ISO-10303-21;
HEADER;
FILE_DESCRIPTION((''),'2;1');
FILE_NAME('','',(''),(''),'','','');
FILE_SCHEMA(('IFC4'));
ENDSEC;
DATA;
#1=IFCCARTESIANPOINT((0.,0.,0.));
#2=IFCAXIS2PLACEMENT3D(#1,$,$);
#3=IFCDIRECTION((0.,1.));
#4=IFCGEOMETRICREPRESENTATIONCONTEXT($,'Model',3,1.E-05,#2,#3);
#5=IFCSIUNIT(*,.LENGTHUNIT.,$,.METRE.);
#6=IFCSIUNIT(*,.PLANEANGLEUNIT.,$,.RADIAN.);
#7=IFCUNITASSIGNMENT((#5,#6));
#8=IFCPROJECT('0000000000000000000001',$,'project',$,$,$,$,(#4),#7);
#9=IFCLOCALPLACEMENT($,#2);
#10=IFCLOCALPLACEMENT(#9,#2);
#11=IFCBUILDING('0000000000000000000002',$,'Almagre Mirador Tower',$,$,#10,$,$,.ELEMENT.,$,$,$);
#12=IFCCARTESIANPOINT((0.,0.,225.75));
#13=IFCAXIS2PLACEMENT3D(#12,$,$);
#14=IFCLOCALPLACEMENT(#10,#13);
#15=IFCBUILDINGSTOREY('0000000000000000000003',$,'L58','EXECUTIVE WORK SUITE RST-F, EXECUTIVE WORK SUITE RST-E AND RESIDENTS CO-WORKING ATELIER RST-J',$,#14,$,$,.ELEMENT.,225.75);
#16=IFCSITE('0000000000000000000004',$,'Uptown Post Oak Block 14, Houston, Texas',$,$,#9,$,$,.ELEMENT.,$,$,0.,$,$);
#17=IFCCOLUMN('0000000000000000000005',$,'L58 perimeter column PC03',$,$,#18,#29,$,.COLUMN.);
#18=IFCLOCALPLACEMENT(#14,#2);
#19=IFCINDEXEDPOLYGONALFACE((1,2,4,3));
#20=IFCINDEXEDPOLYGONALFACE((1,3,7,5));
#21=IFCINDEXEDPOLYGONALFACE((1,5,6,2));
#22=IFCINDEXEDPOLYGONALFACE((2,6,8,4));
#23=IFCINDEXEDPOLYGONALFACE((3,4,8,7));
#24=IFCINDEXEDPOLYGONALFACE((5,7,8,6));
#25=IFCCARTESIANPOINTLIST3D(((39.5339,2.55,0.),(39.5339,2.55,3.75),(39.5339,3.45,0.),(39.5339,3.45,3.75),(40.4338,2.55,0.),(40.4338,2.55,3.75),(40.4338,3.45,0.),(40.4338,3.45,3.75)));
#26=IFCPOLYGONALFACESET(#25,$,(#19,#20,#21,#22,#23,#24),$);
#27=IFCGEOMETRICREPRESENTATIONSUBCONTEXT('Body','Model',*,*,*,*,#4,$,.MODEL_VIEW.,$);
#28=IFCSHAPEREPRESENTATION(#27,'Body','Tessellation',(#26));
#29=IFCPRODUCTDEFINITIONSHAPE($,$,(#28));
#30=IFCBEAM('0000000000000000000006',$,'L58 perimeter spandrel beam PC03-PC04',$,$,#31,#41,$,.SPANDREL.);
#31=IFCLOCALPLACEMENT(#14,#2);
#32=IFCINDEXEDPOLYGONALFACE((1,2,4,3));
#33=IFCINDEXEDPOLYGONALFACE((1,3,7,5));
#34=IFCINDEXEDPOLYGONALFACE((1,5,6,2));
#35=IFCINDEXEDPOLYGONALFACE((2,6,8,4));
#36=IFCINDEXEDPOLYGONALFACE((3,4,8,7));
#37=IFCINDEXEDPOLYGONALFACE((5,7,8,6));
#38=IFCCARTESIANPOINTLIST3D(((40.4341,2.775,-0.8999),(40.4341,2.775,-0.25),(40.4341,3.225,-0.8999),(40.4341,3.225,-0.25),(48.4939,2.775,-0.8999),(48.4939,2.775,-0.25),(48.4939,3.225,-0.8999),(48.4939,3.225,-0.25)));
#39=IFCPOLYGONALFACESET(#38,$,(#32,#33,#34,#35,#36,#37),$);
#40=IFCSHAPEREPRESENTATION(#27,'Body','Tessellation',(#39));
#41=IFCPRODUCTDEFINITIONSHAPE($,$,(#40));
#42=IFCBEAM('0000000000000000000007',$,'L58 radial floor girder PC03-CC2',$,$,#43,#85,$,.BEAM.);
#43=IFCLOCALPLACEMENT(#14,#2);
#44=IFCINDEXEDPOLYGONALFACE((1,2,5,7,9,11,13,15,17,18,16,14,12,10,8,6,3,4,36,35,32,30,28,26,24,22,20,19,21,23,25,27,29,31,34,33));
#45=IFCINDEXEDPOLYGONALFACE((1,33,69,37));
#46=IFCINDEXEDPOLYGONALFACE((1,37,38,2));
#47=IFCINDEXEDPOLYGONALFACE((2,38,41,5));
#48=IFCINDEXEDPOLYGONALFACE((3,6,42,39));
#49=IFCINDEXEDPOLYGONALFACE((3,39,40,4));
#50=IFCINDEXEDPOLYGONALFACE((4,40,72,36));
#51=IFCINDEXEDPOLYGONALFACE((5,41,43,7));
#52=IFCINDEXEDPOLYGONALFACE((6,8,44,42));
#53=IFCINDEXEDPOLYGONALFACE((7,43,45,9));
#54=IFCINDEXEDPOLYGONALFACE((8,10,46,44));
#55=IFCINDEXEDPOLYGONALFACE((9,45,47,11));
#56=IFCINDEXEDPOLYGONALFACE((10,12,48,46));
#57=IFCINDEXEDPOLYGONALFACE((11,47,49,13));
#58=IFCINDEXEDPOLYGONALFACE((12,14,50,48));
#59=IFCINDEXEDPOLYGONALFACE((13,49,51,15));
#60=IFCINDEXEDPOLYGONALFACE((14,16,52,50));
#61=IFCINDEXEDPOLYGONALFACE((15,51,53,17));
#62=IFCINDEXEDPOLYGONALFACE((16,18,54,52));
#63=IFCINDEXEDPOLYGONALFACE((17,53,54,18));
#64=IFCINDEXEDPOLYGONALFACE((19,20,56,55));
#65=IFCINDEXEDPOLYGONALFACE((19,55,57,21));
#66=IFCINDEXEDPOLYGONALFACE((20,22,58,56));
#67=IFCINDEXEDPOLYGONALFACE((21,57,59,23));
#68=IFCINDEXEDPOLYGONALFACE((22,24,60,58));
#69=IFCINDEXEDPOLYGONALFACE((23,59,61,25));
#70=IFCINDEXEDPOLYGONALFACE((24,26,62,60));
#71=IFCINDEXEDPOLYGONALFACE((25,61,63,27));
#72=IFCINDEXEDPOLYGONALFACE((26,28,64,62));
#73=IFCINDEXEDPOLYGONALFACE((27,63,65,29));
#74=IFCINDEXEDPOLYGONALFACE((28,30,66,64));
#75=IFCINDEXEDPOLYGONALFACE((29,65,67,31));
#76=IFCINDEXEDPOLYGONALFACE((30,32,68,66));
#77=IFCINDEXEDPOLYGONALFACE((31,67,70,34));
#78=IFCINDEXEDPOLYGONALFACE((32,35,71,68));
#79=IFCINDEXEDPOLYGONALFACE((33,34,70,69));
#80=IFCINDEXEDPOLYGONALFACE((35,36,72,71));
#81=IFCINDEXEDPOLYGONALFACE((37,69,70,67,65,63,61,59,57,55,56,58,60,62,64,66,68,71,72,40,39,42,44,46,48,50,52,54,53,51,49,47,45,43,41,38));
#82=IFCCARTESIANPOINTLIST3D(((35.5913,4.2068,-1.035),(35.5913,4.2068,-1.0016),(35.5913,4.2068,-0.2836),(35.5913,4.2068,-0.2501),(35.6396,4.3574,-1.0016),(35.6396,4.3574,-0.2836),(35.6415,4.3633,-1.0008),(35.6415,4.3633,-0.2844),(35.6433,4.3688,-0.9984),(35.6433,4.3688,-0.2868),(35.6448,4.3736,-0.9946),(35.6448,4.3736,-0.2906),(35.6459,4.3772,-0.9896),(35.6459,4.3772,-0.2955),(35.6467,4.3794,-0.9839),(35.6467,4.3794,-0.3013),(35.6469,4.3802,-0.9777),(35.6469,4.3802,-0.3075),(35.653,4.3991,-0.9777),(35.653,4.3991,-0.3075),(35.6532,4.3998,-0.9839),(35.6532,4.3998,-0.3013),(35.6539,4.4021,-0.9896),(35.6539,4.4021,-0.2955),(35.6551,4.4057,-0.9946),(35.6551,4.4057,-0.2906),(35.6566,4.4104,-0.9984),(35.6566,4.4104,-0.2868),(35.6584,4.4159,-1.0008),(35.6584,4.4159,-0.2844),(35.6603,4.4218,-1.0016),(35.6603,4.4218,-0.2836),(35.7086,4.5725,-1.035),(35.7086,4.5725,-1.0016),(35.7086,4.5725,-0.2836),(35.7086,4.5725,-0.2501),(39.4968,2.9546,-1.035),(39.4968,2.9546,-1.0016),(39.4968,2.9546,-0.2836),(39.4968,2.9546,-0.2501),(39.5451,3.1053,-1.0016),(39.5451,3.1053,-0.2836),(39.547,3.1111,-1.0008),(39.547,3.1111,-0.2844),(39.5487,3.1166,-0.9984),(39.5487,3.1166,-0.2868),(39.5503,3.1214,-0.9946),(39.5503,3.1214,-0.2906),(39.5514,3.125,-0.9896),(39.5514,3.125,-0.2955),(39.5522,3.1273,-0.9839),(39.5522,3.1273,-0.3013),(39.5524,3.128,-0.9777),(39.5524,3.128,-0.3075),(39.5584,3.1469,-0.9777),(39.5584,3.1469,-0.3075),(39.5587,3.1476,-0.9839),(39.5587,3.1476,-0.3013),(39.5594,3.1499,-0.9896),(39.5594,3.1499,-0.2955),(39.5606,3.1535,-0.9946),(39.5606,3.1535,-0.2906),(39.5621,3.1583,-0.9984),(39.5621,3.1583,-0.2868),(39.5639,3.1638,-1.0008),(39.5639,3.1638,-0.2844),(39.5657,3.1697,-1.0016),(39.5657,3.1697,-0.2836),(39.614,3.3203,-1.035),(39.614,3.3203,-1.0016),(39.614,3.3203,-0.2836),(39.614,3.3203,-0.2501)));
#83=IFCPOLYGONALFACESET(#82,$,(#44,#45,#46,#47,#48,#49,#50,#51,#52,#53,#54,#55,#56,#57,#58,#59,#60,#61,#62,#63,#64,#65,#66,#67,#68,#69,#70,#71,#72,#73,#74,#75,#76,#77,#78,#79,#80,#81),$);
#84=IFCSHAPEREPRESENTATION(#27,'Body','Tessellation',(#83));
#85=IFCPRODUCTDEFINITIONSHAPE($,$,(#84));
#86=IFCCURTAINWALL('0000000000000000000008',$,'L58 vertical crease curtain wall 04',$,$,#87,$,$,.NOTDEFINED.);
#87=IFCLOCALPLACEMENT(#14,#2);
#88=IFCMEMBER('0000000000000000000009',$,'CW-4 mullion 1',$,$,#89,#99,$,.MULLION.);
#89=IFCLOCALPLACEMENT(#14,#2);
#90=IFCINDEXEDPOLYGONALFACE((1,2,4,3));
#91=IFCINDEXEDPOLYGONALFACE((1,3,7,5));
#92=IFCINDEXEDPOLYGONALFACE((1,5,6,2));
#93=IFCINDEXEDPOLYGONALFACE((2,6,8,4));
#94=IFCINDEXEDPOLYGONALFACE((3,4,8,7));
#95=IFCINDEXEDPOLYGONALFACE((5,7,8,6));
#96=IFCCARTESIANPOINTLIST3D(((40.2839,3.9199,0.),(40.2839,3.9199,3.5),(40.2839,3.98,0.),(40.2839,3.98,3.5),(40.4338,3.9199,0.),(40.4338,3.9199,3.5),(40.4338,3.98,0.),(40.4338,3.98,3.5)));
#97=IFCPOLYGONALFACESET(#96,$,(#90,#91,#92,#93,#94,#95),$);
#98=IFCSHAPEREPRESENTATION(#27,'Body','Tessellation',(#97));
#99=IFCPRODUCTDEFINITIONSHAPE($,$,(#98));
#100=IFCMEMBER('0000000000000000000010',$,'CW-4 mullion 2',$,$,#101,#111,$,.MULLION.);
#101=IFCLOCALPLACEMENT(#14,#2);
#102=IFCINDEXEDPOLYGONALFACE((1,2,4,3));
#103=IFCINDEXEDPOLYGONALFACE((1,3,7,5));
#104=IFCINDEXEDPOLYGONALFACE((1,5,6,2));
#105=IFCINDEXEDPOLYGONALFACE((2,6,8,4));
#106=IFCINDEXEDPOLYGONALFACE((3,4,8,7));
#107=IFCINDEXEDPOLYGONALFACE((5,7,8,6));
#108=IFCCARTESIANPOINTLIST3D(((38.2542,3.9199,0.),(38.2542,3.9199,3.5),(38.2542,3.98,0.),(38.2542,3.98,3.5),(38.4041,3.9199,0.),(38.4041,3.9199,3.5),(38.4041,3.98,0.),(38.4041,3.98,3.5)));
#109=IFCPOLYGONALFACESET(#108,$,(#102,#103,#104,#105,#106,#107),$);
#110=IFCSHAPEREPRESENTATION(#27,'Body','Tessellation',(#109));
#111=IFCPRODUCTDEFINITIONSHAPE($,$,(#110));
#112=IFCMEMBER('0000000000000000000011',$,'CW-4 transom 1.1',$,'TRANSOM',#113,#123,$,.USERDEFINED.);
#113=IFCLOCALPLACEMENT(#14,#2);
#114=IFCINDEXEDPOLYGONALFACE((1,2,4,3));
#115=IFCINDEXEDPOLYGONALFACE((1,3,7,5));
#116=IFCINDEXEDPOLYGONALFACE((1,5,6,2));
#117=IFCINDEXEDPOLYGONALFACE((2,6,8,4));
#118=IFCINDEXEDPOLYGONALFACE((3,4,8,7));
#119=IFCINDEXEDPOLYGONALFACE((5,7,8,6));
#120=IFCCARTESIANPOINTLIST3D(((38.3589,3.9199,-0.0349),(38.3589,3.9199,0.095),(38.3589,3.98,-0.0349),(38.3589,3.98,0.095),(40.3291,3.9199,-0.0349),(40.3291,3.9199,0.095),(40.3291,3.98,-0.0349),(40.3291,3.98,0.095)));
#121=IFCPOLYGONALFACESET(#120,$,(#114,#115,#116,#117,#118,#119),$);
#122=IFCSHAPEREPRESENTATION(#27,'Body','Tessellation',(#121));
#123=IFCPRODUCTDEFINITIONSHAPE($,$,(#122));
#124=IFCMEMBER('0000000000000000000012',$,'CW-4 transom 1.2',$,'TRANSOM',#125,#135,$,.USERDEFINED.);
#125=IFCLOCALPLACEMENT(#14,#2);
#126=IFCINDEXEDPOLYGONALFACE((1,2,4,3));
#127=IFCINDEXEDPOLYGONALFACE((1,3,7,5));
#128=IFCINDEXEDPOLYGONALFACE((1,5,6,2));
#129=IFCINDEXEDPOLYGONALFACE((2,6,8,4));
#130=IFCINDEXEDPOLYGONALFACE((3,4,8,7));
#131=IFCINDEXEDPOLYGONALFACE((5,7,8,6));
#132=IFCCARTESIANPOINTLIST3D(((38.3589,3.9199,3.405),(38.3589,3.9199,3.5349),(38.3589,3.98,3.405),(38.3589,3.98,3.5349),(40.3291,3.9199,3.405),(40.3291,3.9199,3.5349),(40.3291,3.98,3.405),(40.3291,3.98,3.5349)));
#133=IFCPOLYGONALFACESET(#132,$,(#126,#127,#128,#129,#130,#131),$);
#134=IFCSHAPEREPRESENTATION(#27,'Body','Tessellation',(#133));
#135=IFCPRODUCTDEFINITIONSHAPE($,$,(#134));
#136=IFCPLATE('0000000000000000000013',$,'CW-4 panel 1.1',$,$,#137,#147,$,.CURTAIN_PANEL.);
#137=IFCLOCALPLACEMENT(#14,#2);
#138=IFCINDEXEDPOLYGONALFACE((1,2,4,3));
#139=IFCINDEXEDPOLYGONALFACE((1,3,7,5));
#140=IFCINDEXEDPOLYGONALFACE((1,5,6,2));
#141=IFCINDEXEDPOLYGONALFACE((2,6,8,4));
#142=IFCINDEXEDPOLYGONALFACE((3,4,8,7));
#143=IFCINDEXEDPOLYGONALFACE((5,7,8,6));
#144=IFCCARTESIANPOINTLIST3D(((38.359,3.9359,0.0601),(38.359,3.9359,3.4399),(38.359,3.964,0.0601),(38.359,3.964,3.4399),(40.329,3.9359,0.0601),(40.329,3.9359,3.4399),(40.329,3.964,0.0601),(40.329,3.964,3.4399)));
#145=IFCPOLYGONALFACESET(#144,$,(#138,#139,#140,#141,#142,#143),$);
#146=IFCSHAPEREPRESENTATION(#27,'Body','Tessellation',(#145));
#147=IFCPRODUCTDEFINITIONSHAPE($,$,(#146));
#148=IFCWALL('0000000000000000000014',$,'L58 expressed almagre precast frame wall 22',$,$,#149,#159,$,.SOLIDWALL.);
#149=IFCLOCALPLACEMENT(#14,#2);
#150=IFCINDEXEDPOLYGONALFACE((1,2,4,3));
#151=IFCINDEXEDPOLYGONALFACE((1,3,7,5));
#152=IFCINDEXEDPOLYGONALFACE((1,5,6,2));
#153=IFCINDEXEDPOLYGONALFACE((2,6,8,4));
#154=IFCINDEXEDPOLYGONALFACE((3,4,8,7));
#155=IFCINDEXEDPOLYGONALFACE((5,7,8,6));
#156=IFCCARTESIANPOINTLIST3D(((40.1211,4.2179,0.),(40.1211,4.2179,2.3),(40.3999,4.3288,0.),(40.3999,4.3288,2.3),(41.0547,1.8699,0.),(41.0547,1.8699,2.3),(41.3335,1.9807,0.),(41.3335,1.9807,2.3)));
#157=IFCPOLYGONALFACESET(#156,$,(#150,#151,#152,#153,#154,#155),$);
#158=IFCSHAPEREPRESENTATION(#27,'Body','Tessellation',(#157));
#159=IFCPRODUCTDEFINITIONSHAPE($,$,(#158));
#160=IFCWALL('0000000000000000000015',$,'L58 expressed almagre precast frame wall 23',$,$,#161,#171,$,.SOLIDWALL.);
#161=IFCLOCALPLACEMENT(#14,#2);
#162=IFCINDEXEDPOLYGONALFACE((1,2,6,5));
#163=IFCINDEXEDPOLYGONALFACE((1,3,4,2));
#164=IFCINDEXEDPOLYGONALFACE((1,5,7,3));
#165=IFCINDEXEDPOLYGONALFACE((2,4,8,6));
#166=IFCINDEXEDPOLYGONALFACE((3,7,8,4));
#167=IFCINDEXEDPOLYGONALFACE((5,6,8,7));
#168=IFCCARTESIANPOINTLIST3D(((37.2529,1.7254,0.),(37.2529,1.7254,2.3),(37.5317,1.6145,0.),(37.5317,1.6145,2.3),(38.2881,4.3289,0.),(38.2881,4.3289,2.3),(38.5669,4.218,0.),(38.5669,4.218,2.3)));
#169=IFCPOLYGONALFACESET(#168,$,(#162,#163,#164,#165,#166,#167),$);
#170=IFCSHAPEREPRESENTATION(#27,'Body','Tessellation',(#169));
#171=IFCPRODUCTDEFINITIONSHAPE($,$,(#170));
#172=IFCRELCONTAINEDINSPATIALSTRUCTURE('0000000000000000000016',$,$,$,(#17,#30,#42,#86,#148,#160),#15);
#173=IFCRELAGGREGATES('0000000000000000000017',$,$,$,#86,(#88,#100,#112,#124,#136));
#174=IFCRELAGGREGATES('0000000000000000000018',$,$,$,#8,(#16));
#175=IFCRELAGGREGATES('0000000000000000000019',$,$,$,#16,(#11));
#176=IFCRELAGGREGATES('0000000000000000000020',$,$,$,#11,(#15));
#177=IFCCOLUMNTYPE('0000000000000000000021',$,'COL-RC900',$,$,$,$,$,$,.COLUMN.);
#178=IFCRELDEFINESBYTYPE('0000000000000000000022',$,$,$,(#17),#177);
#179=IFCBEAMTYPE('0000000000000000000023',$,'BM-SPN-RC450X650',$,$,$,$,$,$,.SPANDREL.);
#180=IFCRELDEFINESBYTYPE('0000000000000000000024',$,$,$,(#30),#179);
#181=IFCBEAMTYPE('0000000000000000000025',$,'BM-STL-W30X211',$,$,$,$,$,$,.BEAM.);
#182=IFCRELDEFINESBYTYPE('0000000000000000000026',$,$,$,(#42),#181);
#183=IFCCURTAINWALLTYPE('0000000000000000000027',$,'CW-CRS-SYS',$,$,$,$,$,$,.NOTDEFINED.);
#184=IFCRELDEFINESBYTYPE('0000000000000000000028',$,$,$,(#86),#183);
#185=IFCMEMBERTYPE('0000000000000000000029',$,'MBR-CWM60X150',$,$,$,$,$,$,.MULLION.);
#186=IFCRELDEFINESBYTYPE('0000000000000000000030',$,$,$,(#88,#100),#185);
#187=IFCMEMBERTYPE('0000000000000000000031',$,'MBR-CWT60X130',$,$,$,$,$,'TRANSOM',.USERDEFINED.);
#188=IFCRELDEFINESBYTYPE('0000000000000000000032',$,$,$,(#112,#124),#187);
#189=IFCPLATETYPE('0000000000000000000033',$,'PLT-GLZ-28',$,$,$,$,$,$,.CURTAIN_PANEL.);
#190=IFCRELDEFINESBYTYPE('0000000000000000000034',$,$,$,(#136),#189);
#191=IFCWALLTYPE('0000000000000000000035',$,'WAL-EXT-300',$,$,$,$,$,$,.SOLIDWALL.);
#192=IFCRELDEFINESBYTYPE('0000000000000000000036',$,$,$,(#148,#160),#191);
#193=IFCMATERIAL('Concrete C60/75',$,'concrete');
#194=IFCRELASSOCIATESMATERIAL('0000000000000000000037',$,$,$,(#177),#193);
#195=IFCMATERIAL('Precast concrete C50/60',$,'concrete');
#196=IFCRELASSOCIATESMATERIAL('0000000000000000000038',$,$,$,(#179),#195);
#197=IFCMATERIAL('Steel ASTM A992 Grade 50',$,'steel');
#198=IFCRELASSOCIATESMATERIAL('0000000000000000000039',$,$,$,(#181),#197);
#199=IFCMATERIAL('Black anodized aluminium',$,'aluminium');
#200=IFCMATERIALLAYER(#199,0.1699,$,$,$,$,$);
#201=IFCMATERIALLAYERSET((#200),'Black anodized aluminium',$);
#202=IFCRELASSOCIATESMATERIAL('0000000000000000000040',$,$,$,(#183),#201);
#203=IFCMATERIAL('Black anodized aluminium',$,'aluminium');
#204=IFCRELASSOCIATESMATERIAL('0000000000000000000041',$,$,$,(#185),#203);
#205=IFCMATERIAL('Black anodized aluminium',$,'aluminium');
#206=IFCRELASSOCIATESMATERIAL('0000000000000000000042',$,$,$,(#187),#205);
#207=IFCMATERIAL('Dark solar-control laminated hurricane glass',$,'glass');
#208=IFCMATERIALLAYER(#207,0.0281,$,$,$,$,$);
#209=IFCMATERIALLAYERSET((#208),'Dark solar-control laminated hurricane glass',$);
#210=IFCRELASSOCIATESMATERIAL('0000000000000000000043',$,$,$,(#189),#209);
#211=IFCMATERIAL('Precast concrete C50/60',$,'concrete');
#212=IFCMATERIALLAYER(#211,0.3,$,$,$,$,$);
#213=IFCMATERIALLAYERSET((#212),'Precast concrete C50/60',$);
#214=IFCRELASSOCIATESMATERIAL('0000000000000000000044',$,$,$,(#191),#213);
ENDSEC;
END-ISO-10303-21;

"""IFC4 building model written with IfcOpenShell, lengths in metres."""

from ifc_helpers import new_model, si_unit, direction, frame, frame_2d, origin, origin_2d, place, context, subcontext, project, spatial, rectangle, i_section, extrude, material, layer, layer_set, material_profile, profile_set, type_object, element, aggregate, save


model = new_model("IFC4")

# Units and contexts
model_context = context("Model", 3, precision=1e-05, world=origin(), true_north=direction((0.0, 1.0)))
body_context = subcontext(model_context, "Body", "Model", "MODEL_VIEW")
ifc_project = project(units=[si_unit("LENGTHUNIT", "METRE"), si_unit("PLANEANGLEUNIT", "RADIAN")], contexts=[model_context])

# Site, building, storey
site_placement = place(None, origin())
site = spatial("IfcSite", under=ifc_project, at=site_placement, Name="Uptown Post Oak Block 14, Houston, Texas", CompositionType="ELEMENT", RefElevation=0.0)
building_placement = place(site_placement, origin())
building = spatial("IfcBuilding", under=site, at=building_placement, Name="Almagre Mirador Tower", CompositionType="ELEMENT")
storey_placement = place(building_placement, frame((0.0, 0.0, 225.75)))
storey = spatial("IfcBuildingStorey", under=building, at=storey_placement, Name="L58", Description="EXECUTIVE WORK SUITE RST-F, EXECUTIVE WORK SUITE RST-E AND RESIDENTS CO-WORKING ATELIER RST-J", CompositionType="ELEMENT", Elevation=225.75)

# Column
ifc_material_1 = material(Name="Concrete C60/75", Category="concrete")
ifc_material_profile_1 = material_profile(ifc_material_1, rectangle(XDim=0.8999, YDim=0.8999, at=origin_2d()), Name="RC900X900")
ifc_profile_set_1 = profile_set([ifc_material_profile_1], Name="Concrete C60/75")
column_type = type_object("IfcColumnType", Name="COL-RC900", PredefinedType="COLUMN", material=ifc_profile_set_1)
column_placement = place(storey_placement, frame((39.9839, 3.0, 0.0), z_axis=(0.0, 0.0, 1.0), x_axis=(1.0, 0.0, 0.0)))
element("IfcColumn", 1, at=column_placement, inside=storey, type_object=column_type, Name="L58 perimeter column PC03", PredefinedType="COLUMN", context=body_context, shape_type="SweptSolid", body=[
    extrude(rectangle(XDim=0.8999, YDim=0.8999, at=origin_2d()), origin(), (0.0, 0.0, 1.0), 3.75),
])

# Beams
ifc_material_2 = material(Name="Precast concrete C50/60", Category="concrete")
ifc_material_profile_2 = material_profile(ifc_material_2, rectangle(XDim=0.45, YDim=0.6499, at=origin_2d()), Name="RC450X650")
ifc_profile_set_2 = profile_set([ifc_material_profile_2], Name="Precast concrete C50/60")
beam_type_1 = type_object("IfcBeamType", Name="BM-SPN-RC450X650", PredefinedType="SPANDREL", material=ifc_profile_set_2)
beam_1_placement = place(storey_placement, frame((40.4341, 3.0, -0.575), z_axis=(1.0, 0.0, 0.0), x_axis=(0.0, 1.0, 0.0)))
element("IfcBeam", 2, at=beam_1_placement, inside=storey, type_object=beam_type_1, Name="L58 perimeter spandrel beam PC03-PC04", PredefinedType="SPANDREL", context=body_context, shape_type="SweptSolid", body=[
    extrude(rectangle(XDim=0.45, YDim=0.6499, at=origin_2d()), origin(), (0.0, 0.0, 1.0), 8.0598),
])
ifc_material_3 = material(Name="Steel ASTM A992 Grade 50", Category="steel")
ifc_material_profile_3 = material_profile(ifc_material_3, i_section(OverallWidth=0.384, OverallDepth=0.7849, WebThickness=0.0198, FlangeThickness=0.0334, FilletRadius=0.0239, at=origin_2d()), Name="W30X211")
ifc_profile_set_3 = profile_set([ifc_material_profile_3], Name="Steel ASTM A992 Grade 50")
beam_type_2 = type_object("IfcBeamType", Name="BM-STL-W30X211", PredefinedType="BEAM", material=ifc_profile_set_3)
beam_2_placement = place(storey_placement, frame((39.5554, 3.1375, -0.6426), z_axis=(-0.952252, 0.305313, 0.0), x_axis=(-0.305313, -0.952252, 0.0)))
element("IfcBeam", 3, at=beam_2_placement, inside=storey, type_object=beam_type_2, Name="L58 radial floor girder PC03-CC2", PredefinedType="BEAM", context=body_context, shape_type="SweptSolid", body=[
    extrude(i_section(OverallWidth=0.384, OverallDepth=0.7849, WebThickness=0.0198, FlangeThickness=0.0334, FilletRadius=0.0239, at=origin_2d()), origin(), (0.0, 0.0, 1.0), 4.1013),
])

# Curtain wall, members, plate
ifc_material_4 = material(Name="Black anodized aluminium", Category="aluminium")
ifc_layer_1 = layer(ifc_material_4, 0.1699)
ifc_layer_set_1 = layer_set([ifc_layer_1], Name="Black anodized aluminium")
curtain_wall_type = type_object("IfcCurtainWallType", Name="CW-CRS-SYS", PredefinedType="NOTDEFINED", material=ifc_layer_set_1)
curtain_wall_placement = place(storey_placement, origin())
curtain_wall = element("IfcCurtainWall", 4, at=curtain_wall_placement, inside=storey, type_object=curtain_wall_type, Name="L58 vertical crease curtain wall 04", PredefinedType="NOTDEFINED")
ifc_material_5 = material(Name="Black anodized aluminium", Category="aluminium")
ifc_material_profile_4 = material_profile(ifc_material_5, rectangle(XDim=0.0601, YDim=0.1499, at=origin_2d()), Name="CWM60X150")
ifc_profile_set_4 = profile_set([ifc_material_profile_4], Name="Black anodized aluminium")
member_type_1 = type_object("IfcMemberType", Name="MBR-CWM60X150", PredefinedType="MULLION", material=ifc_profile_set_4)
member_1_placement = place(storey_placement, frame((40.3589, 3.95, 0.0), z_axis=(0.0, 0.0, 1.0), x_axis=(0.0, -1.0, 0.0)))
member_1 = element("IfcMember", 5, at=member_1_placement, type_object=member_type_1, Name="CW-4 mullion 1", PredefinedType="MULLION", context=body_context, shape_type="SweptSolid", body=[
    extrude(rectangle(XDim=0.0601, YDim=0.1499, at=origin_2d()), origin(), (0.0, 0.0, 1.0), 3.5),
])
member_2_placement = place(storey_placement, frame((38.3291, 3.95, 0.0), z_axis=(0.0, 0.0, 1.0), x_axis=(0.0, -1.0, 0.0)))
member_2 = element("IfcMember", 6, at=member_2_placement, type_object=member_type_1, Name="CW-4 mullion 2", PredefinedType="MULLION", context=body_context, shape_type="SweptSolid", body=[
    extrude(rectangle(XDim=0.0601, YDim=0.1499, at=origin_2d()), origin(), (0.0, 0.0, 1.0), 3.5),
])
ifc_material_6 = material(Name="Black anodized aluminium", Category="aluminium")
ifc_material_profile_5 = material_profile(ifc_material_6, rectangle(XDim=0.0601, YDim=0.1299, at=origin_2d()), Name="CWT60X130")
ifc_profile_set_5 = profile_set([ifc_material_profile_5], Name="Black anodized aluminium")
member_type_2 = type_object("IfcMemberType", Name="MBR-CWT60X130", ElementType="TRANSOM", PredefinedType="USERDEFINED", material=ifc_profile_set_5)
member_3_placement = place(storey_placement, frame((40.3291, 3.95, 0.03), z_axis=(-1.0, 0.0, 0.0), x_axis=(0.0, -1.0, 0.0)))
member_3 = element("IfcMember", 7, at=member_3_placement, type_object=member_type_2, Name="CW-4 transom 1.1", ObjectType="TRANSOM", PredefinedType="USERDEFINED", context=body_context, shape_type="SweptSolid", body=[
    extrude(rectangle(XDim=0.0601, YDim=0.1299, at=origin_2d()), origin(), (0.0, 0.0, 1.0), 1.9702),
])
member_4_placement = place(storey_placement, frame((40.3291, 3.95, 3.47), z_axis=(-1.0, 0.0, 0.0), x_axis=(0.0, -1.0, 0.0)))
member_4 = element("IfcMember", 8, at=member_4_placement, type_object=member_type_2, Name="CW-4 transom 1.2", ObjectType="TRANSOM", PredefinedType="USERDEFINED", context=body_context, shape_type="SweptSolid", body=[
    extrude(rectangle(XDim=0.0601, YDim=0.1299, at=origin_2d()), origin(), (0.0, 0.0, 1.0), 1.9702),
])
ifc_material_7 = material(Name="Dark solar-control laminated hurricane glass", Category="glass")
ifc_layer_2 = layer(ifc_material_7, 0.0281)
ifc_layer_set_2 = layer_set([ifc_layer_2], Name="Dark solar-control laminated hurricane glass")
plate_type = type_object("IfcPlateType", Name="PLT-GLZ-28", PredefinedType="CURTAIN_PANEL", material=ifc_layer_set_2)
plate_placement = place(storey_placement, frame((39.344, 3.95, 0.0601), z_axis=(0.0, 0.0, 1.0), x_axis=(-1.0, 0.0, 0.0)))
plate = element("IfcPlate", 9, at=plate_placement, type_object=plate_type, Name="CW-4 panel 1.1", PredefinedType="CURTAIN_PANEL", context=body_context, shape_type="SweptSolid", body=[
    extrude(rectangle(XDim=1.97, YDim=0.0281, at=origin_2d()), origin(), (0.0, 0.0, 1.0), 3.3799),
])
aggregate(curtain_wall, [member_1, member_2, member_3, member_4, plate])

# Walls
ifc_material_8 = material(Name="Precast concrete C50/60", Category="concrete")
ifc_layer_3 = layer(ifc_material_8, 0.3)
ifc_layer_set_3 = layer_set([ifc_layer_3], Name="Precast concrete C50/60")
wall_type_1 = type_object("IfcWallType", Name="WAL-EXT-300", PredefinedType="SOLIDWALL", material=ifc_layer_set_3)
wall_1_placement = place(storey_placement, frame((41.1941, 1.9253, 0.0), z_axis=(0.0, 0.0, 1.0), x_axis=(-0.369458, 0.929248, 0.0)))
element("IfcWall", 10, at=wall_1_placement, inside=storey, type_object=wall_type_1, Name="L58 expressed almagre precast frame wall 22", PredefinedType="SOLIDWALL", context=body_context, shape_type="SweptSolid", body=[
    extrude(rectangle(XDim=2.5269, YDim=0.3, at=frame_2d((1.2634, 0.0))), origin(), (0.0, 0.0, 1.0), 2.3),
])
wall_2_placement = place(storey_placement, frame((38.4275, 4.2734, 0.0), z_axis=(0.0, 0.0, 1.0), x_axis=(-0.369467, -0.929244, 0.0)))
element("IfcWall", 11, at=wall_2_placement, inside=storey, type_object=wall_type_1, Name="L58 expressed almagre precast frame wall 23", PredefinedType="SOLIDWALL", context=body_context, shape_type="SweptSolid", body=[
    extrude(rectangle(XDim=2.8018, YDim=0.3, at=frame_2d((1.4009, 0.0))), origin(), (0.0, 0.0, 1.0), 2.3),
])

save(model, "model.ifc")
